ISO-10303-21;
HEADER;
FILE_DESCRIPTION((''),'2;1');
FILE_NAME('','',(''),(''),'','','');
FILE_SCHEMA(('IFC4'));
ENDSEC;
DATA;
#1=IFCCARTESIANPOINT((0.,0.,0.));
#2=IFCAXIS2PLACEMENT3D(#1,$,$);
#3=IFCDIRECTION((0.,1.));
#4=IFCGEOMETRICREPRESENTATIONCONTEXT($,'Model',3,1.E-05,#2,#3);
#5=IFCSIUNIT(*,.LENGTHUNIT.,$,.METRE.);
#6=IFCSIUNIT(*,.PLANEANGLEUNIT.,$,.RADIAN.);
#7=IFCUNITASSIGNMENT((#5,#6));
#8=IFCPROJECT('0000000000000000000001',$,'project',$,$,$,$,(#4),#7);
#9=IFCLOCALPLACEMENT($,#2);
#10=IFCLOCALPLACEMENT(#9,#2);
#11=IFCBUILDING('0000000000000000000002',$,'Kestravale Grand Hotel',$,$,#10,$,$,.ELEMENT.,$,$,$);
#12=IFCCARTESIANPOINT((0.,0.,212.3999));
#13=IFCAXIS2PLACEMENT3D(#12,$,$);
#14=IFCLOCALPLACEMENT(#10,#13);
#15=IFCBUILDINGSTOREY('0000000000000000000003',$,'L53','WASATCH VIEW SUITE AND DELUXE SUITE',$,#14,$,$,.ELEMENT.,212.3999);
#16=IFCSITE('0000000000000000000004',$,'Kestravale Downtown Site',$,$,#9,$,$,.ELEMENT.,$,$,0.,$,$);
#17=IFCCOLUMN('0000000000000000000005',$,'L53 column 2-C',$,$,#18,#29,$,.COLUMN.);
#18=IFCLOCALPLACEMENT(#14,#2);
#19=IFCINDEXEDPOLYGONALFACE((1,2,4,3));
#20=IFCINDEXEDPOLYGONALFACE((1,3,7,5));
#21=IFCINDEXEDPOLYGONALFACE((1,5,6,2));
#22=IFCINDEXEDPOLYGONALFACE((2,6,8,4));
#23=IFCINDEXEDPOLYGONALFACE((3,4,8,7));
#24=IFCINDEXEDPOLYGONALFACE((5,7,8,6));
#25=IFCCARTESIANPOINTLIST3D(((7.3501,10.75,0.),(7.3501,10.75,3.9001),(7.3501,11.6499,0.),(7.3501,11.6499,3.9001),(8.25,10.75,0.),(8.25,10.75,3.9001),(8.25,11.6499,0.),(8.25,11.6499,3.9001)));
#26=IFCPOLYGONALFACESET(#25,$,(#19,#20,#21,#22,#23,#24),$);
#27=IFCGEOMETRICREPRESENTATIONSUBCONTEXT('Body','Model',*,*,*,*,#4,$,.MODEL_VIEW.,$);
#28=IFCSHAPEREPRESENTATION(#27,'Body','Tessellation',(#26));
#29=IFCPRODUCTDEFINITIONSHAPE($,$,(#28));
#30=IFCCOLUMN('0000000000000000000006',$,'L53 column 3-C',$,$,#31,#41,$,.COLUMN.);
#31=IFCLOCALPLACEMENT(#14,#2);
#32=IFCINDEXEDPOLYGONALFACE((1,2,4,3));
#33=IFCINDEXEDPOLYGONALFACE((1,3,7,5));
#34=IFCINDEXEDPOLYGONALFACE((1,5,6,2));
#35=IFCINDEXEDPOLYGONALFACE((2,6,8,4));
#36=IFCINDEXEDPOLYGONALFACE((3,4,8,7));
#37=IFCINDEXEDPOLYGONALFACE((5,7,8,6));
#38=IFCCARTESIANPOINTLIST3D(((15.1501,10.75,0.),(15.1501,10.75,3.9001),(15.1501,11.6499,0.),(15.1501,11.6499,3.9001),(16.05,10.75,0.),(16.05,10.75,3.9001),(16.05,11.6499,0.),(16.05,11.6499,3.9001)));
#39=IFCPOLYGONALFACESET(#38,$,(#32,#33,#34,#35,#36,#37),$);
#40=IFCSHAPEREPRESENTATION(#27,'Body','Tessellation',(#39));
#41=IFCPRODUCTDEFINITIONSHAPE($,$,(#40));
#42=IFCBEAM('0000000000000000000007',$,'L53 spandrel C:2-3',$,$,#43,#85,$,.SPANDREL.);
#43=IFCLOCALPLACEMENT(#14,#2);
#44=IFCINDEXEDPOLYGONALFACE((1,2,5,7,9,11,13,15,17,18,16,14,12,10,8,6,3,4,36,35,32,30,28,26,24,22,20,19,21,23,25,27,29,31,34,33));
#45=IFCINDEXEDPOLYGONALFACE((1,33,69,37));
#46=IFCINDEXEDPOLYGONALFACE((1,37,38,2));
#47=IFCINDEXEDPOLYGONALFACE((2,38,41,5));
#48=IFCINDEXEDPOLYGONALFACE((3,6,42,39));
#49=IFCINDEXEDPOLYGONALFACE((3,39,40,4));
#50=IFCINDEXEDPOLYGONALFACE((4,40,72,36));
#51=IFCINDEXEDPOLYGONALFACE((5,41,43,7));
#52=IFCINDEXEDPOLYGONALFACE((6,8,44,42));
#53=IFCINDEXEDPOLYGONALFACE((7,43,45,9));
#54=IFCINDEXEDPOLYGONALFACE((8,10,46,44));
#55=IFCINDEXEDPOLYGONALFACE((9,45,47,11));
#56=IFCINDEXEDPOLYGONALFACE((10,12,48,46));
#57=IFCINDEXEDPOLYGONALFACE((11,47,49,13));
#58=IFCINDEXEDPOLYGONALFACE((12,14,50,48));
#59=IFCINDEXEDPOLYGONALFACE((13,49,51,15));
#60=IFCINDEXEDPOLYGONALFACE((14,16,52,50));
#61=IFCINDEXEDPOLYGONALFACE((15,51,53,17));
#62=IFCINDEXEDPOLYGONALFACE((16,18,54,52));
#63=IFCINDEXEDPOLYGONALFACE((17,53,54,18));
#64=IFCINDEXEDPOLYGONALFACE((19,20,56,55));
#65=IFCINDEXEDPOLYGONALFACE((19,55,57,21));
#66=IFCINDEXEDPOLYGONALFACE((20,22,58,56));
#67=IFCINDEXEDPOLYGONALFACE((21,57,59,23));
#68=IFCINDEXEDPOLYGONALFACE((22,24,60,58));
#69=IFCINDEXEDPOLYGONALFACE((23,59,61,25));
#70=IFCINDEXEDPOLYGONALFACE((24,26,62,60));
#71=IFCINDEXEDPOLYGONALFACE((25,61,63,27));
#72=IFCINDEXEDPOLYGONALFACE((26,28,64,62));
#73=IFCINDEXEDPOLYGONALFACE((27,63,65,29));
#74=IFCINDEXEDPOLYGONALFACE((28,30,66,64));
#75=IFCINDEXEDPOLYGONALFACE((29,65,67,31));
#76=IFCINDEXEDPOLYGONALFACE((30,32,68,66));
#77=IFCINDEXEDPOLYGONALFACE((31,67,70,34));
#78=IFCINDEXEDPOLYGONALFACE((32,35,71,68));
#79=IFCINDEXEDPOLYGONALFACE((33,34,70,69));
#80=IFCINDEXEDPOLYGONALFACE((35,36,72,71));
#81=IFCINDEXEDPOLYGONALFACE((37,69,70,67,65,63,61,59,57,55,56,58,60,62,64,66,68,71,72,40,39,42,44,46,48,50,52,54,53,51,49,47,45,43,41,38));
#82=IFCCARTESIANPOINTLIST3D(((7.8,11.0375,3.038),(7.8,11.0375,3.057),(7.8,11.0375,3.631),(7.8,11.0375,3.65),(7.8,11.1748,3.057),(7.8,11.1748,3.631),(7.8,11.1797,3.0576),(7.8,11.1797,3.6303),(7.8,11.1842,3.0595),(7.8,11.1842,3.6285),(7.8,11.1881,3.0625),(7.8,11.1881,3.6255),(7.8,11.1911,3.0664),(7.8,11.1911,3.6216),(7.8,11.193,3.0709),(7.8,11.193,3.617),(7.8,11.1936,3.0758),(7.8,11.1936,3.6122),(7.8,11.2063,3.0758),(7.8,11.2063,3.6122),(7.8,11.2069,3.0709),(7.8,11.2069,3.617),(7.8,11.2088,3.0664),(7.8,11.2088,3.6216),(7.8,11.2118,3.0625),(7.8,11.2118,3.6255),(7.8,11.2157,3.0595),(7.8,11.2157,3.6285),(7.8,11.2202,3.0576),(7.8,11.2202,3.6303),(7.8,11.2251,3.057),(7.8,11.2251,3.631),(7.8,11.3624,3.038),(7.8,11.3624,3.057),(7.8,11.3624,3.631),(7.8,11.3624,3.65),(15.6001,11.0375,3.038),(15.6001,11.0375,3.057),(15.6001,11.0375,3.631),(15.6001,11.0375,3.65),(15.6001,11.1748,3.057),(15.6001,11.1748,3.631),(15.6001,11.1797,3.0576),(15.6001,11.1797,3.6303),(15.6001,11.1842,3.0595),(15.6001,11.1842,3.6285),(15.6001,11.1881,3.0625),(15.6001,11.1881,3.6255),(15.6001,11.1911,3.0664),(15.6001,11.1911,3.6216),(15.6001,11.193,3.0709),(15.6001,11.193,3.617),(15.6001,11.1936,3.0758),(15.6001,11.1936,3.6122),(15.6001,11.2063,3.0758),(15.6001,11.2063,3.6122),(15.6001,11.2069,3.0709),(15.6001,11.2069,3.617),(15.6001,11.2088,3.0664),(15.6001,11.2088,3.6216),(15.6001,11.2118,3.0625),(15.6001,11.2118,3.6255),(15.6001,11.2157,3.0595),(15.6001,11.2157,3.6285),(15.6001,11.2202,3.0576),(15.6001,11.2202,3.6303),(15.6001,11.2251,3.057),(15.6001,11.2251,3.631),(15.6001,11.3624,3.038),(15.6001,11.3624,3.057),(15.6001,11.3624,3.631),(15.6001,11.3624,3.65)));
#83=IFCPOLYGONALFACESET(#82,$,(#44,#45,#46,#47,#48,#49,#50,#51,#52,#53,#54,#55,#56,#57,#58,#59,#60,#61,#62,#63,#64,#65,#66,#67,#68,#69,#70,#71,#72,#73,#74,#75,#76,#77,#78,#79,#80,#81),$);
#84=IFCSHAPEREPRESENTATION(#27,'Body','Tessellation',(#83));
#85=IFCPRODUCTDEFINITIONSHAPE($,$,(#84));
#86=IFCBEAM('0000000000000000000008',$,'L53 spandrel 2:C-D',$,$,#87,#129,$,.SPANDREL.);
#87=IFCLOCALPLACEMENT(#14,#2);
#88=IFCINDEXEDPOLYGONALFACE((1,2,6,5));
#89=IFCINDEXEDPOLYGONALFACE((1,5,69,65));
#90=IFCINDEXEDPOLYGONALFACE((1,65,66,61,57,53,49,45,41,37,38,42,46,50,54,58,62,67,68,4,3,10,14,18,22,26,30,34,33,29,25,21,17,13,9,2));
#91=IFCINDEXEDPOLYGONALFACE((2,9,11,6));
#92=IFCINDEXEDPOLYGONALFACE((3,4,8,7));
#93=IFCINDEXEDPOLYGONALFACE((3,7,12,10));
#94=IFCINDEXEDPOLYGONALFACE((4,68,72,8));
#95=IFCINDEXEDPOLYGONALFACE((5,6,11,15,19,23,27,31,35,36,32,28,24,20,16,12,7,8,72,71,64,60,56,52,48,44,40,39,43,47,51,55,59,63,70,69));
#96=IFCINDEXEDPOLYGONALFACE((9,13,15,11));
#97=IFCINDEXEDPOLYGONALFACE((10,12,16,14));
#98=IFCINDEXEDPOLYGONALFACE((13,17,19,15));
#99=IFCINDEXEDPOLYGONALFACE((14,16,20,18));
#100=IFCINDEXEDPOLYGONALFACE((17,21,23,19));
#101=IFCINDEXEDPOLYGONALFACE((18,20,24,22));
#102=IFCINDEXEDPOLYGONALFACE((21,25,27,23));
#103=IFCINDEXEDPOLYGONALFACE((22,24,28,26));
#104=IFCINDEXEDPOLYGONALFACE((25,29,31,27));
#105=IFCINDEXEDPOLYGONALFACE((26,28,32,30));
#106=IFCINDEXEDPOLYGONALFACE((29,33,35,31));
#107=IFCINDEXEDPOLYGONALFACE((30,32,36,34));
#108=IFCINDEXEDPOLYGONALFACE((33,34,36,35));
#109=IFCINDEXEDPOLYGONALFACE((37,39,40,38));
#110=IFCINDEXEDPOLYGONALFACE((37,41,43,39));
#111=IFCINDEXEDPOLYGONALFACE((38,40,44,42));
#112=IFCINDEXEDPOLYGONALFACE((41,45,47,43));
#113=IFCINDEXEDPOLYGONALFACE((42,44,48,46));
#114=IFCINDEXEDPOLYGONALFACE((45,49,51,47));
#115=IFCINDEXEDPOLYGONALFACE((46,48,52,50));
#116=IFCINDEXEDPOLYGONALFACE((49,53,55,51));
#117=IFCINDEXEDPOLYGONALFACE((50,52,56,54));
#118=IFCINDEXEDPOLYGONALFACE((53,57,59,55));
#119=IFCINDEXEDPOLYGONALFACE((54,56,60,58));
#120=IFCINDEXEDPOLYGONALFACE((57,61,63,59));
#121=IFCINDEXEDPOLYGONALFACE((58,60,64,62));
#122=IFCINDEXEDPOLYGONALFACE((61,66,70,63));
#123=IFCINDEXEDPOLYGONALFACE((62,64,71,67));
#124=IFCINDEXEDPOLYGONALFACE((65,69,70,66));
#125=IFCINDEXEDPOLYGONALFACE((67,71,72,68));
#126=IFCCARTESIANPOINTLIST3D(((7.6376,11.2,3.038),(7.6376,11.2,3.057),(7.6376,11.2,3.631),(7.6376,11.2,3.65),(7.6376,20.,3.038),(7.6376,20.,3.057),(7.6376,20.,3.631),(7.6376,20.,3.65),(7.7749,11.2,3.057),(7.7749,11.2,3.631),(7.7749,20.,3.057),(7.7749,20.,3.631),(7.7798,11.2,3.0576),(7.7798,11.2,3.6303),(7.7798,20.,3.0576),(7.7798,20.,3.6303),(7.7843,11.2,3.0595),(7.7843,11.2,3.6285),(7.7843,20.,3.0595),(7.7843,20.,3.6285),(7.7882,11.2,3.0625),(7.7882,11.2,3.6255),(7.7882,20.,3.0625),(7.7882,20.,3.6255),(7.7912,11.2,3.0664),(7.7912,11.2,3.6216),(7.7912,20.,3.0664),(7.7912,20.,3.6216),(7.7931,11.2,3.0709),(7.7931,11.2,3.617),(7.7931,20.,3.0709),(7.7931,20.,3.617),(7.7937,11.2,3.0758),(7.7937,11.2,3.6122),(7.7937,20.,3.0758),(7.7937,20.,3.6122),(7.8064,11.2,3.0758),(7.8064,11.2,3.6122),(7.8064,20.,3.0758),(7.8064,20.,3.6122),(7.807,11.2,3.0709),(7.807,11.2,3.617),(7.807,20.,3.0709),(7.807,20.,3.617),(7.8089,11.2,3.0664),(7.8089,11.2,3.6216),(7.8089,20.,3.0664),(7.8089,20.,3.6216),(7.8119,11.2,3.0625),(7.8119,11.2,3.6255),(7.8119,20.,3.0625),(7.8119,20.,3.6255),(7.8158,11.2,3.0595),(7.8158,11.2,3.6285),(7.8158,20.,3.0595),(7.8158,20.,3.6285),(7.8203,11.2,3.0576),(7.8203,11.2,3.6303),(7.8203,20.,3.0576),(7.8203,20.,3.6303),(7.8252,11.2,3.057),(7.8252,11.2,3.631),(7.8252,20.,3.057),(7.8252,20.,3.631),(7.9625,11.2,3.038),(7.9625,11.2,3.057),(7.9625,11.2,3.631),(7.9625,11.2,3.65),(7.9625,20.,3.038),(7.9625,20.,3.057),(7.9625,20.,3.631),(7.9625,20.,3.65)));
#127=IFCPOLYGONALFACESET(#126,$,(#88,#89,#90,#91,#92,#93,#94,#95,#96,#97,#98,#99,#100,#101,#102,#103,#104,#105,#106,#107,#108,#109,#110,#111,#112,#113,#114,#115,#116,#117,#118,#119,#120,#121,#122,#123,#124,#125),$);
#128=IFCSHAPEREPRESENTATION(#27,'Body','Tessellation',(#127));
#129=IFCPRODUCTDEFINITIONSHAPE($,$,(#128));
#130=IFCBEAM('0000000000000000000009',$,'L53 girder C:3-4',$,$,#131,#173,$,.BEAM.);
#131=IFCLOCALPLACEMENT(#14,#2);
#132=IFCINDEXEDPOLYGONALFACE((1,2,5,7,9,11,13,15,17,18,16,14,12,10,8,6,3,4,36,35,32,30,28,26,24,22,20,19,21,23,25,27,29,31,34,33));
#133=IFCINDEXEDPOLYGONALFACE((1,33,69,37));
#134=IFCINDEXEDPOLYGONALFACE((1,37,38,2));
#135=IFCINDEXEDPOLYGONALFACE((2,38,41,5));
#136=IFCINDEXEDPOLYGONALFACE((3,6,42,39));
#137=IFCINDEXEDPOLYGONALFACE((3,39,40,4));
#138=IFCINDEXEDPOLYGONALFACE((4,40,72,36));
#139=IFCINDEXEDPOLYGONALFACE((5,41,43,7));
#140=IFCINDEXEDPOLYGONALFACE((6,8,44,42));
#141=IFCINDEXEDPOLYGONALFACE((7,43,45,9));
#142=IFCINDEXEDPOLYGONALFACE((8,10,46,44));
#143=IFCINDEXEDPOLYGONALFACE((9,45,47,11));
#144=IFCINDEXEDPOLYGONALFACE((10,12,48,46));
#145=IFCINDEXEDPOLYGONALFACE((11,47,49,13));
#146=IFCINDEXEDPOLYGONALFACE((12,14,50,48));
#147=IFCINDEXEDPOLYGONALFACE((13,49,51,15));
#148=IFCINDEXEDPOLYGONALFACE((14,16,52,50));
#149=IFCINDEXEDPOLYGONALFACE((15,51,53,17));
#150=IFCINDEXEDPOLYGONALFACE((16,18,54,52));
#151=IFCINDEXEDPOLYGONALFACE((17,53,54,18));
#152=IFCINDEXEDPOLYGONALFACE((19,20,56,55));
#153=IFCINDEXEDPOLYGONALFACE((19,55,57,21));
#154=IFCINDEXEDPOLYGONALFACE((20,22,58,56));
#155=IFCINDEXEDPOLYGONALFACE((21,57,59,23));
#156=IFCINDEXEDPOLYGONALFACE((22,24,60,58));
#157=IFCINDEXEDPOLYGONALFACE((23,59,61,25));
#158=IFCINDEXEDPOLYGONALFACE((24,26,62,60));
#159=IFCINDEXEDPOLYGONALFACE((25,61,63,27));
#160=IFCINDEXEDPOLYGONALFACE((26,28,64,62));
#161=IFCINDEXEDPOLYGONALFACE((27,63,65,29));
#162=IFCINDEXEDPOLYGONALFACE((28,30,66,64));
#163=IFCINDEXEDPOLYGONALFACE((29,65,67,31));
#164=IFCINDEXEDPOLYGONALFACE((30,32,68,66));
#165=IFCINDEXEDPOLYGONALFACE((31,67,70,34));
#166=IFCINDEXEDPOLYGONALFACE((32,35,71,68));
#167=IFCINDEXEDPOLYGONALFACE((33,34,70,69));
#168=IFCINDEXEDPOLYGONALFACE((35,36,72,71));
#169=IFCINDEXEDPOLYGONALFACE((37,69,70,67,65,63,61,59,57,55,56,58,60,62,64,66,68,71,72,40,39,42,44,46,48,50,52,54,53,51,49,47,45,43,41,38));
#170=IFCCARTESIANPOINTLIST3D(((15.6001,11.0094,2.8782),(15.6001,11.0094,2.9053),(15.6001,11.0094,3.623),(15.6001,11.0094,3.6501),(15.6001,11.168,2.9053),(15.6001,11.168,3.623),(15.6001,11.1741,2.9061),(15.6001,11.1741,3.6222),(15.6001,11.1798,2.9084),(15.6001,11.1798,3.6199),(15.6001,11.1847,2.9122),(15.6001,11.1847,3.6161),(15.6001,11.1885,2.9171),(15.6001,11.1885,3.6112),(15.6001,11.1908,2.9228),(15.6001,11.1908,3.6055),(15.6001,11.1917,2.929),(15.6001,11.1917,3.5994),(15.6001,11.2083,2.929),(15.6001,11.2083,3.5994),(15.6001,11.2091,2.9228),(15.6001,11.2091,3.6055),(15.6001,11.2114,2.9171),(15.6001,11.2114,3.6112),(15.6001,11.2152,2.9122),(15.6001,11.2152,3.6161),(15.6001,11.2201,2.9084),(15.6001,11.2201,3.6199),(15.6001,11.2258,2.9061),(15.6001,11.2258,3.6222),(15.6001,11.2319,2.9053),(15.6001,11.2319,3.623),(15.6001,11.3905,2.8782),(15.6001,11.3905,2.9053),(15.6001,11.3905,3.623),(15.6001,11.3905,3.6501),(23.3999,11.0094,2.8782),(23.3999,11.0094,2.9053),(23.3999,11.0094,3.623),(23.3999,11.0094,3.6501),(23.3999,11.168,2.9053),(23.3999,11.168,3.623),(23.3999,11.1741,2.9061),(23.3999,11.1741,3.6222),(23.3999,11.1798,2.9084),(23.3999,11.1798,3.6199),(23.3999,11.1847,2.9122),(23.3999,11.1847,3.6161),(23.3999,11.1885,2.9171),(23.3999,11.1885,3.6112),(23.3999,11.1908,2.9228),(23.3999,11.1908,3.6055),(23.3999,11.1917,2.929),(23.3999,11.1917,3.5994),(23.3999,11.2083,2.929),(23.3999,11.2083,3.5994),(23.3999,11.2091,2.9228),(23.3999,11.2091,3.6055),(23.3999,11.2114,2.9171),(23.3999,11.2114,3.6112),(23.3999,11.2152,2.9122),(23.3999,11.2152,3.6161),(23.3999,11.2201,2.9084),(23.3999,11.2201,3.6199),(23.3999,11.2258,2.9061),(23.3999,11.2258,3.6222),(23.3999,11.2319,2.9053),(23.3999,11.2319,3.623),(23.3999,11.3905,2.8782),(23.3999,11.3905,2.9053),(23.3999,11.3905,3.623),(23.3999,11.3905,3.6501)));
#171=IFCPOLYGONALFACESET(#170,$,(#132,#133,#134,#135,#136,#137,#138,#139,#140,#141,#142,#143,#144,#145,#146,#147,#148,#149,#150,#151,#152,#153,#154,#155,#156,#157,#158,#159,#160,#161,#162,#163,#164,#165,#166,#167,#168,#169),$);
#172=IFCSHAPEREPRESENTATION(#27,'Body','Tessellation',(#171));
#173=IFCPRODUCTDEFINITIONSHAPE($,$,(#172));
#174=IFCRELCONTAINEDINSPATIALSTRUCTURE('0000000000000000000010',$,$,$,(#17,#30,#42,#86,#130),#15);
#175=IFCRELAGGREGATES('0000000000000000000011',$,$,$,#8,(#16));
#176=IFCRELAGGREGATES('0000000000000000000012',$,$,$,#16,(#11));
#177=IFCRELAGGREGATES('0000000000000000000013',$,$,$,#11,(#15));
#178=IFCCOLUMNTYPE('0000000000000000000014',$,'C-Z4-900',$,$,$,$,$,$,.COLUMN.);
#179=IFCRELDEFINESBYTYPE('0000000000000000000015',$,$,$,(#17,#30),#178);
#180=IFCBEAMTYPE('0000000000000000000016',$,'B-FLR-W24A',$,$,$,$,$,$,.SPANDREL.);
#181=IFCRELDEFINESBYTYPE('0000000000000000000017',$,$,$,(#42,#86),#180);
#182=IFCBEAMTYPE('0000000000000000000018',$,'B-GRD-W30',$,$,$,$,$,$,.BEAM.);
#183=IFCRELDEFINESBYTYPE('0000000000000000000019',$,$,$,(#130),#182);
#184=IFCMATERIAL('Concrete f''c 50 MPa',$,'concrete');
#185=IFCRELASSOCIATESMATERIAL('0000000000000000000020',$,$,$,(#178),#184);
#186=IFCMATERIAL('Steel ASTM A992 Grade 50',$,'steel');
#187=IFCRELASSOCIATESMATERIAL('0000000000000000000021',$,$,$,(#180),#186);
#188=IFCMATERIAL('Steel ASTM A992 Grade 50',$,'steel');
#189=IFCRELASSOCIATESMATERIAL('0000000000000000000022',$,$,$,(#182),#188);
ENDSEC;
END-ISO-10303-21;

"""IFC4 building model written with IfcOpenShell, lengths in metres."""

from ifc_helpers import new_model, si_unit, direction, frame, origin, origin_2d, place, context, subcontext, project, spatial, rectangle, i_section, extrude, material, material_profile, profile_set, type_object, element, save


model = new_model("IFC4")

# Units and contexts
model_context = context("Model", 3, precision=1e-05, world=origin(), true_north=direction((0.0, 1.0)))
body_context = subcontext(model_context, "Body", "Model", "MODEL_VIEW")
ifc_project = project(units=[si_unit("LENGTHUNIT", "METRE"), si_unit("PLANEANGLEUNIT", "RADIAN")], contexts=[model_context])

# Site, building, storey
site_placement = place(None, origin())
site = spatial("IfcSite", under=ifc_project, at=site_placement, Name="Kestravale Downtown Site", CompositionType="ELEMENT", RefElevation=0.0)
building_placement = place(site_placement, origin())
building = spatial("IfcBuilding", under=site, at=building_placement, Name="Kestravale Grand Hotel", CompositionType="ELEMENT")
storey_placement = place(building_placement, frame((0.0, 0.0, 212.3999)))
storey = spatial("IfcBuildingStorey", under=building, at=storey_placement, Name="L53", Description="WASATCH VIEW SUITE AND DELUXE SUITE", CompositionType="ELEMENT", Elevation=212.3999)

# Columns
ifc_material_1 = material(Name="Concrete f'c 50 MPa", Category="concrete")
ifc_material_profile_1 = material_profile(ifc_material_1, rectangle(XDim=0.8999, YDim=0.8999, at=origin_2d()))
ifc_profile_set_1 = profile_set([ifc_material_profile_1], Name="Concrete f'c 50 MPa")
column_type = type_object("IfcColumnType", Name="C-Z4-900", PredefinedType="COLUMN", material=ifc_profile_set_1)
for number, where, z_axis, x_axis, name in (
    (1, (7.8, 11.2, 0.0), (0.0, 0.0, 1.0), (1.0, 0.0, 0.0), "L53 column 2-C"),
    (2, (15.6001, 11.2, 0.0), (0.0, 0.0, 1.0), (1.0, 0.0, 0.0), "L53 column 3-C"),
):
    element("IfcColumn", number, at=place(storey_placement, frame(where, z_axis=z_axis, x_axis=x_axis)), inside=storey, type_object=column_type, Name=name, PredefinedType="COLUMN", context=body_context, shape_type="SweptSolid", body=[
        extrude(rectangle(XDim=0.8999, YDim=0.8999, at=origin_2d()), origin(), (0.0, 0.0, 1.0), 3.9001),
    ])

# Beams
ifc_material_2 = material(Name="Steel ASTM A992 Grade 50", Category="steel")
ifc_material_profile_2 = material_profile(ifc_material_2, i_section(OverallWidth=0.325, OverallDepth=0.6121, WebThickness=0.0127, FlangeThickness=0.019, FilletRadius=0.0188, at=origin_2d()))
ifc_profile_set_2 = profile_set([ifc_material_profile_2], Name="Steel ASTM A992 Grade 50")
beam_type_1 = type_object("IfcBeamType", Name="B-FLR-W24A", PredefinedType="SPANDREL", material=ifc_profile_set_2)
beam_1_placement = place(storey_placement, frame((7.8, 11.2, 3.344), z_axis=(1.0, 0.0, 0.0), x_axis=(0.0, 1.0, 0.0)))
element("IfcBeam", 3, at=beam_1_placement, inside=storey, type_object=beam_type_1, Name="L53 spandrel C:2-3", PredefinedType="SPANDREL", context=body_context, shape_type="SweptSolid", body=[
    extrude(i_section(OverallWidth=0.325, OverallDepth=0.6121, WebThickness=0.0127, FlangeThickness=0.019, FilletRadius=0.0188, at=origin_2d()), origin(), (0.0, 0.0, 1.0), 7.8),
])
beam_2_placement = place(storey_placement, frame((7.8, 11.2, 3.344), z_axis=(0.0, 1.0, 0.0), x_axis=(-1.0, 0.0, 0.0)))
element("IfcBeam", 4, at=beam_2_placement, inside=storey, type_object=beam_type_1, Name="L53 spandrel 2:C-D", PredefinedType="SPANDREL", context=body_context, shape_type="SweptSolid", body=[
    extrude(i_section(OverallWidth=0.325, OverallDepth=0.6121, WebThickness=0.0127, FlangeThickness=0.019, FilletRadius=0.0188, at=origin_2d()), origin(), (0.0, 0.0, 1.0), 8.8),
])
ifc_material_3 = material(Name="Steel ASTM A992 Grade 50", Category="steel")
ifc_material_profile_3 = material_profile(ifc_material_3, i_section(OverallWidth=0.3811, OverallDepth=0.772, WebThickness=0.0166, FlangeThickness=0.0271, FilletRadius=0.0237, at=origin_2d()))
ifc_profile_set_3 = profile_set([ifc_material_profile_3], Name="Steel ASTM A992 Grade 50")
beam_type_2 = type_object("IfcBeamType", Name="B-GRD-W30", PredefinedType="BEAM", material=ifc_profile_set_3)
beam_3_placement = place(storey_placement, frame((15.6001, 11.2, 3.2642), z_axis=(1.0, 0.0, 0.0), x_axis=(0.0, 1.0, 0.0)))
element("IfcBeam", 5, at=beam_3_placement, inside=storey, type_object=beam_type_2, Name="L53 girder C:3-4", PredefinedType="BEAM", context=body_context, shape_type="SweptSolid", body=[
    extrude(i_section(OverallWidth=0.3811, OverallDepth=0.772, WebThickness=0.0166, FlangeThickness=0.0271, FilletRadius=0.0237, at=origin_2d()), origin(), (0.0, 0.0, 1.0), 7.7998),
])

save(model, "model.ifc")
